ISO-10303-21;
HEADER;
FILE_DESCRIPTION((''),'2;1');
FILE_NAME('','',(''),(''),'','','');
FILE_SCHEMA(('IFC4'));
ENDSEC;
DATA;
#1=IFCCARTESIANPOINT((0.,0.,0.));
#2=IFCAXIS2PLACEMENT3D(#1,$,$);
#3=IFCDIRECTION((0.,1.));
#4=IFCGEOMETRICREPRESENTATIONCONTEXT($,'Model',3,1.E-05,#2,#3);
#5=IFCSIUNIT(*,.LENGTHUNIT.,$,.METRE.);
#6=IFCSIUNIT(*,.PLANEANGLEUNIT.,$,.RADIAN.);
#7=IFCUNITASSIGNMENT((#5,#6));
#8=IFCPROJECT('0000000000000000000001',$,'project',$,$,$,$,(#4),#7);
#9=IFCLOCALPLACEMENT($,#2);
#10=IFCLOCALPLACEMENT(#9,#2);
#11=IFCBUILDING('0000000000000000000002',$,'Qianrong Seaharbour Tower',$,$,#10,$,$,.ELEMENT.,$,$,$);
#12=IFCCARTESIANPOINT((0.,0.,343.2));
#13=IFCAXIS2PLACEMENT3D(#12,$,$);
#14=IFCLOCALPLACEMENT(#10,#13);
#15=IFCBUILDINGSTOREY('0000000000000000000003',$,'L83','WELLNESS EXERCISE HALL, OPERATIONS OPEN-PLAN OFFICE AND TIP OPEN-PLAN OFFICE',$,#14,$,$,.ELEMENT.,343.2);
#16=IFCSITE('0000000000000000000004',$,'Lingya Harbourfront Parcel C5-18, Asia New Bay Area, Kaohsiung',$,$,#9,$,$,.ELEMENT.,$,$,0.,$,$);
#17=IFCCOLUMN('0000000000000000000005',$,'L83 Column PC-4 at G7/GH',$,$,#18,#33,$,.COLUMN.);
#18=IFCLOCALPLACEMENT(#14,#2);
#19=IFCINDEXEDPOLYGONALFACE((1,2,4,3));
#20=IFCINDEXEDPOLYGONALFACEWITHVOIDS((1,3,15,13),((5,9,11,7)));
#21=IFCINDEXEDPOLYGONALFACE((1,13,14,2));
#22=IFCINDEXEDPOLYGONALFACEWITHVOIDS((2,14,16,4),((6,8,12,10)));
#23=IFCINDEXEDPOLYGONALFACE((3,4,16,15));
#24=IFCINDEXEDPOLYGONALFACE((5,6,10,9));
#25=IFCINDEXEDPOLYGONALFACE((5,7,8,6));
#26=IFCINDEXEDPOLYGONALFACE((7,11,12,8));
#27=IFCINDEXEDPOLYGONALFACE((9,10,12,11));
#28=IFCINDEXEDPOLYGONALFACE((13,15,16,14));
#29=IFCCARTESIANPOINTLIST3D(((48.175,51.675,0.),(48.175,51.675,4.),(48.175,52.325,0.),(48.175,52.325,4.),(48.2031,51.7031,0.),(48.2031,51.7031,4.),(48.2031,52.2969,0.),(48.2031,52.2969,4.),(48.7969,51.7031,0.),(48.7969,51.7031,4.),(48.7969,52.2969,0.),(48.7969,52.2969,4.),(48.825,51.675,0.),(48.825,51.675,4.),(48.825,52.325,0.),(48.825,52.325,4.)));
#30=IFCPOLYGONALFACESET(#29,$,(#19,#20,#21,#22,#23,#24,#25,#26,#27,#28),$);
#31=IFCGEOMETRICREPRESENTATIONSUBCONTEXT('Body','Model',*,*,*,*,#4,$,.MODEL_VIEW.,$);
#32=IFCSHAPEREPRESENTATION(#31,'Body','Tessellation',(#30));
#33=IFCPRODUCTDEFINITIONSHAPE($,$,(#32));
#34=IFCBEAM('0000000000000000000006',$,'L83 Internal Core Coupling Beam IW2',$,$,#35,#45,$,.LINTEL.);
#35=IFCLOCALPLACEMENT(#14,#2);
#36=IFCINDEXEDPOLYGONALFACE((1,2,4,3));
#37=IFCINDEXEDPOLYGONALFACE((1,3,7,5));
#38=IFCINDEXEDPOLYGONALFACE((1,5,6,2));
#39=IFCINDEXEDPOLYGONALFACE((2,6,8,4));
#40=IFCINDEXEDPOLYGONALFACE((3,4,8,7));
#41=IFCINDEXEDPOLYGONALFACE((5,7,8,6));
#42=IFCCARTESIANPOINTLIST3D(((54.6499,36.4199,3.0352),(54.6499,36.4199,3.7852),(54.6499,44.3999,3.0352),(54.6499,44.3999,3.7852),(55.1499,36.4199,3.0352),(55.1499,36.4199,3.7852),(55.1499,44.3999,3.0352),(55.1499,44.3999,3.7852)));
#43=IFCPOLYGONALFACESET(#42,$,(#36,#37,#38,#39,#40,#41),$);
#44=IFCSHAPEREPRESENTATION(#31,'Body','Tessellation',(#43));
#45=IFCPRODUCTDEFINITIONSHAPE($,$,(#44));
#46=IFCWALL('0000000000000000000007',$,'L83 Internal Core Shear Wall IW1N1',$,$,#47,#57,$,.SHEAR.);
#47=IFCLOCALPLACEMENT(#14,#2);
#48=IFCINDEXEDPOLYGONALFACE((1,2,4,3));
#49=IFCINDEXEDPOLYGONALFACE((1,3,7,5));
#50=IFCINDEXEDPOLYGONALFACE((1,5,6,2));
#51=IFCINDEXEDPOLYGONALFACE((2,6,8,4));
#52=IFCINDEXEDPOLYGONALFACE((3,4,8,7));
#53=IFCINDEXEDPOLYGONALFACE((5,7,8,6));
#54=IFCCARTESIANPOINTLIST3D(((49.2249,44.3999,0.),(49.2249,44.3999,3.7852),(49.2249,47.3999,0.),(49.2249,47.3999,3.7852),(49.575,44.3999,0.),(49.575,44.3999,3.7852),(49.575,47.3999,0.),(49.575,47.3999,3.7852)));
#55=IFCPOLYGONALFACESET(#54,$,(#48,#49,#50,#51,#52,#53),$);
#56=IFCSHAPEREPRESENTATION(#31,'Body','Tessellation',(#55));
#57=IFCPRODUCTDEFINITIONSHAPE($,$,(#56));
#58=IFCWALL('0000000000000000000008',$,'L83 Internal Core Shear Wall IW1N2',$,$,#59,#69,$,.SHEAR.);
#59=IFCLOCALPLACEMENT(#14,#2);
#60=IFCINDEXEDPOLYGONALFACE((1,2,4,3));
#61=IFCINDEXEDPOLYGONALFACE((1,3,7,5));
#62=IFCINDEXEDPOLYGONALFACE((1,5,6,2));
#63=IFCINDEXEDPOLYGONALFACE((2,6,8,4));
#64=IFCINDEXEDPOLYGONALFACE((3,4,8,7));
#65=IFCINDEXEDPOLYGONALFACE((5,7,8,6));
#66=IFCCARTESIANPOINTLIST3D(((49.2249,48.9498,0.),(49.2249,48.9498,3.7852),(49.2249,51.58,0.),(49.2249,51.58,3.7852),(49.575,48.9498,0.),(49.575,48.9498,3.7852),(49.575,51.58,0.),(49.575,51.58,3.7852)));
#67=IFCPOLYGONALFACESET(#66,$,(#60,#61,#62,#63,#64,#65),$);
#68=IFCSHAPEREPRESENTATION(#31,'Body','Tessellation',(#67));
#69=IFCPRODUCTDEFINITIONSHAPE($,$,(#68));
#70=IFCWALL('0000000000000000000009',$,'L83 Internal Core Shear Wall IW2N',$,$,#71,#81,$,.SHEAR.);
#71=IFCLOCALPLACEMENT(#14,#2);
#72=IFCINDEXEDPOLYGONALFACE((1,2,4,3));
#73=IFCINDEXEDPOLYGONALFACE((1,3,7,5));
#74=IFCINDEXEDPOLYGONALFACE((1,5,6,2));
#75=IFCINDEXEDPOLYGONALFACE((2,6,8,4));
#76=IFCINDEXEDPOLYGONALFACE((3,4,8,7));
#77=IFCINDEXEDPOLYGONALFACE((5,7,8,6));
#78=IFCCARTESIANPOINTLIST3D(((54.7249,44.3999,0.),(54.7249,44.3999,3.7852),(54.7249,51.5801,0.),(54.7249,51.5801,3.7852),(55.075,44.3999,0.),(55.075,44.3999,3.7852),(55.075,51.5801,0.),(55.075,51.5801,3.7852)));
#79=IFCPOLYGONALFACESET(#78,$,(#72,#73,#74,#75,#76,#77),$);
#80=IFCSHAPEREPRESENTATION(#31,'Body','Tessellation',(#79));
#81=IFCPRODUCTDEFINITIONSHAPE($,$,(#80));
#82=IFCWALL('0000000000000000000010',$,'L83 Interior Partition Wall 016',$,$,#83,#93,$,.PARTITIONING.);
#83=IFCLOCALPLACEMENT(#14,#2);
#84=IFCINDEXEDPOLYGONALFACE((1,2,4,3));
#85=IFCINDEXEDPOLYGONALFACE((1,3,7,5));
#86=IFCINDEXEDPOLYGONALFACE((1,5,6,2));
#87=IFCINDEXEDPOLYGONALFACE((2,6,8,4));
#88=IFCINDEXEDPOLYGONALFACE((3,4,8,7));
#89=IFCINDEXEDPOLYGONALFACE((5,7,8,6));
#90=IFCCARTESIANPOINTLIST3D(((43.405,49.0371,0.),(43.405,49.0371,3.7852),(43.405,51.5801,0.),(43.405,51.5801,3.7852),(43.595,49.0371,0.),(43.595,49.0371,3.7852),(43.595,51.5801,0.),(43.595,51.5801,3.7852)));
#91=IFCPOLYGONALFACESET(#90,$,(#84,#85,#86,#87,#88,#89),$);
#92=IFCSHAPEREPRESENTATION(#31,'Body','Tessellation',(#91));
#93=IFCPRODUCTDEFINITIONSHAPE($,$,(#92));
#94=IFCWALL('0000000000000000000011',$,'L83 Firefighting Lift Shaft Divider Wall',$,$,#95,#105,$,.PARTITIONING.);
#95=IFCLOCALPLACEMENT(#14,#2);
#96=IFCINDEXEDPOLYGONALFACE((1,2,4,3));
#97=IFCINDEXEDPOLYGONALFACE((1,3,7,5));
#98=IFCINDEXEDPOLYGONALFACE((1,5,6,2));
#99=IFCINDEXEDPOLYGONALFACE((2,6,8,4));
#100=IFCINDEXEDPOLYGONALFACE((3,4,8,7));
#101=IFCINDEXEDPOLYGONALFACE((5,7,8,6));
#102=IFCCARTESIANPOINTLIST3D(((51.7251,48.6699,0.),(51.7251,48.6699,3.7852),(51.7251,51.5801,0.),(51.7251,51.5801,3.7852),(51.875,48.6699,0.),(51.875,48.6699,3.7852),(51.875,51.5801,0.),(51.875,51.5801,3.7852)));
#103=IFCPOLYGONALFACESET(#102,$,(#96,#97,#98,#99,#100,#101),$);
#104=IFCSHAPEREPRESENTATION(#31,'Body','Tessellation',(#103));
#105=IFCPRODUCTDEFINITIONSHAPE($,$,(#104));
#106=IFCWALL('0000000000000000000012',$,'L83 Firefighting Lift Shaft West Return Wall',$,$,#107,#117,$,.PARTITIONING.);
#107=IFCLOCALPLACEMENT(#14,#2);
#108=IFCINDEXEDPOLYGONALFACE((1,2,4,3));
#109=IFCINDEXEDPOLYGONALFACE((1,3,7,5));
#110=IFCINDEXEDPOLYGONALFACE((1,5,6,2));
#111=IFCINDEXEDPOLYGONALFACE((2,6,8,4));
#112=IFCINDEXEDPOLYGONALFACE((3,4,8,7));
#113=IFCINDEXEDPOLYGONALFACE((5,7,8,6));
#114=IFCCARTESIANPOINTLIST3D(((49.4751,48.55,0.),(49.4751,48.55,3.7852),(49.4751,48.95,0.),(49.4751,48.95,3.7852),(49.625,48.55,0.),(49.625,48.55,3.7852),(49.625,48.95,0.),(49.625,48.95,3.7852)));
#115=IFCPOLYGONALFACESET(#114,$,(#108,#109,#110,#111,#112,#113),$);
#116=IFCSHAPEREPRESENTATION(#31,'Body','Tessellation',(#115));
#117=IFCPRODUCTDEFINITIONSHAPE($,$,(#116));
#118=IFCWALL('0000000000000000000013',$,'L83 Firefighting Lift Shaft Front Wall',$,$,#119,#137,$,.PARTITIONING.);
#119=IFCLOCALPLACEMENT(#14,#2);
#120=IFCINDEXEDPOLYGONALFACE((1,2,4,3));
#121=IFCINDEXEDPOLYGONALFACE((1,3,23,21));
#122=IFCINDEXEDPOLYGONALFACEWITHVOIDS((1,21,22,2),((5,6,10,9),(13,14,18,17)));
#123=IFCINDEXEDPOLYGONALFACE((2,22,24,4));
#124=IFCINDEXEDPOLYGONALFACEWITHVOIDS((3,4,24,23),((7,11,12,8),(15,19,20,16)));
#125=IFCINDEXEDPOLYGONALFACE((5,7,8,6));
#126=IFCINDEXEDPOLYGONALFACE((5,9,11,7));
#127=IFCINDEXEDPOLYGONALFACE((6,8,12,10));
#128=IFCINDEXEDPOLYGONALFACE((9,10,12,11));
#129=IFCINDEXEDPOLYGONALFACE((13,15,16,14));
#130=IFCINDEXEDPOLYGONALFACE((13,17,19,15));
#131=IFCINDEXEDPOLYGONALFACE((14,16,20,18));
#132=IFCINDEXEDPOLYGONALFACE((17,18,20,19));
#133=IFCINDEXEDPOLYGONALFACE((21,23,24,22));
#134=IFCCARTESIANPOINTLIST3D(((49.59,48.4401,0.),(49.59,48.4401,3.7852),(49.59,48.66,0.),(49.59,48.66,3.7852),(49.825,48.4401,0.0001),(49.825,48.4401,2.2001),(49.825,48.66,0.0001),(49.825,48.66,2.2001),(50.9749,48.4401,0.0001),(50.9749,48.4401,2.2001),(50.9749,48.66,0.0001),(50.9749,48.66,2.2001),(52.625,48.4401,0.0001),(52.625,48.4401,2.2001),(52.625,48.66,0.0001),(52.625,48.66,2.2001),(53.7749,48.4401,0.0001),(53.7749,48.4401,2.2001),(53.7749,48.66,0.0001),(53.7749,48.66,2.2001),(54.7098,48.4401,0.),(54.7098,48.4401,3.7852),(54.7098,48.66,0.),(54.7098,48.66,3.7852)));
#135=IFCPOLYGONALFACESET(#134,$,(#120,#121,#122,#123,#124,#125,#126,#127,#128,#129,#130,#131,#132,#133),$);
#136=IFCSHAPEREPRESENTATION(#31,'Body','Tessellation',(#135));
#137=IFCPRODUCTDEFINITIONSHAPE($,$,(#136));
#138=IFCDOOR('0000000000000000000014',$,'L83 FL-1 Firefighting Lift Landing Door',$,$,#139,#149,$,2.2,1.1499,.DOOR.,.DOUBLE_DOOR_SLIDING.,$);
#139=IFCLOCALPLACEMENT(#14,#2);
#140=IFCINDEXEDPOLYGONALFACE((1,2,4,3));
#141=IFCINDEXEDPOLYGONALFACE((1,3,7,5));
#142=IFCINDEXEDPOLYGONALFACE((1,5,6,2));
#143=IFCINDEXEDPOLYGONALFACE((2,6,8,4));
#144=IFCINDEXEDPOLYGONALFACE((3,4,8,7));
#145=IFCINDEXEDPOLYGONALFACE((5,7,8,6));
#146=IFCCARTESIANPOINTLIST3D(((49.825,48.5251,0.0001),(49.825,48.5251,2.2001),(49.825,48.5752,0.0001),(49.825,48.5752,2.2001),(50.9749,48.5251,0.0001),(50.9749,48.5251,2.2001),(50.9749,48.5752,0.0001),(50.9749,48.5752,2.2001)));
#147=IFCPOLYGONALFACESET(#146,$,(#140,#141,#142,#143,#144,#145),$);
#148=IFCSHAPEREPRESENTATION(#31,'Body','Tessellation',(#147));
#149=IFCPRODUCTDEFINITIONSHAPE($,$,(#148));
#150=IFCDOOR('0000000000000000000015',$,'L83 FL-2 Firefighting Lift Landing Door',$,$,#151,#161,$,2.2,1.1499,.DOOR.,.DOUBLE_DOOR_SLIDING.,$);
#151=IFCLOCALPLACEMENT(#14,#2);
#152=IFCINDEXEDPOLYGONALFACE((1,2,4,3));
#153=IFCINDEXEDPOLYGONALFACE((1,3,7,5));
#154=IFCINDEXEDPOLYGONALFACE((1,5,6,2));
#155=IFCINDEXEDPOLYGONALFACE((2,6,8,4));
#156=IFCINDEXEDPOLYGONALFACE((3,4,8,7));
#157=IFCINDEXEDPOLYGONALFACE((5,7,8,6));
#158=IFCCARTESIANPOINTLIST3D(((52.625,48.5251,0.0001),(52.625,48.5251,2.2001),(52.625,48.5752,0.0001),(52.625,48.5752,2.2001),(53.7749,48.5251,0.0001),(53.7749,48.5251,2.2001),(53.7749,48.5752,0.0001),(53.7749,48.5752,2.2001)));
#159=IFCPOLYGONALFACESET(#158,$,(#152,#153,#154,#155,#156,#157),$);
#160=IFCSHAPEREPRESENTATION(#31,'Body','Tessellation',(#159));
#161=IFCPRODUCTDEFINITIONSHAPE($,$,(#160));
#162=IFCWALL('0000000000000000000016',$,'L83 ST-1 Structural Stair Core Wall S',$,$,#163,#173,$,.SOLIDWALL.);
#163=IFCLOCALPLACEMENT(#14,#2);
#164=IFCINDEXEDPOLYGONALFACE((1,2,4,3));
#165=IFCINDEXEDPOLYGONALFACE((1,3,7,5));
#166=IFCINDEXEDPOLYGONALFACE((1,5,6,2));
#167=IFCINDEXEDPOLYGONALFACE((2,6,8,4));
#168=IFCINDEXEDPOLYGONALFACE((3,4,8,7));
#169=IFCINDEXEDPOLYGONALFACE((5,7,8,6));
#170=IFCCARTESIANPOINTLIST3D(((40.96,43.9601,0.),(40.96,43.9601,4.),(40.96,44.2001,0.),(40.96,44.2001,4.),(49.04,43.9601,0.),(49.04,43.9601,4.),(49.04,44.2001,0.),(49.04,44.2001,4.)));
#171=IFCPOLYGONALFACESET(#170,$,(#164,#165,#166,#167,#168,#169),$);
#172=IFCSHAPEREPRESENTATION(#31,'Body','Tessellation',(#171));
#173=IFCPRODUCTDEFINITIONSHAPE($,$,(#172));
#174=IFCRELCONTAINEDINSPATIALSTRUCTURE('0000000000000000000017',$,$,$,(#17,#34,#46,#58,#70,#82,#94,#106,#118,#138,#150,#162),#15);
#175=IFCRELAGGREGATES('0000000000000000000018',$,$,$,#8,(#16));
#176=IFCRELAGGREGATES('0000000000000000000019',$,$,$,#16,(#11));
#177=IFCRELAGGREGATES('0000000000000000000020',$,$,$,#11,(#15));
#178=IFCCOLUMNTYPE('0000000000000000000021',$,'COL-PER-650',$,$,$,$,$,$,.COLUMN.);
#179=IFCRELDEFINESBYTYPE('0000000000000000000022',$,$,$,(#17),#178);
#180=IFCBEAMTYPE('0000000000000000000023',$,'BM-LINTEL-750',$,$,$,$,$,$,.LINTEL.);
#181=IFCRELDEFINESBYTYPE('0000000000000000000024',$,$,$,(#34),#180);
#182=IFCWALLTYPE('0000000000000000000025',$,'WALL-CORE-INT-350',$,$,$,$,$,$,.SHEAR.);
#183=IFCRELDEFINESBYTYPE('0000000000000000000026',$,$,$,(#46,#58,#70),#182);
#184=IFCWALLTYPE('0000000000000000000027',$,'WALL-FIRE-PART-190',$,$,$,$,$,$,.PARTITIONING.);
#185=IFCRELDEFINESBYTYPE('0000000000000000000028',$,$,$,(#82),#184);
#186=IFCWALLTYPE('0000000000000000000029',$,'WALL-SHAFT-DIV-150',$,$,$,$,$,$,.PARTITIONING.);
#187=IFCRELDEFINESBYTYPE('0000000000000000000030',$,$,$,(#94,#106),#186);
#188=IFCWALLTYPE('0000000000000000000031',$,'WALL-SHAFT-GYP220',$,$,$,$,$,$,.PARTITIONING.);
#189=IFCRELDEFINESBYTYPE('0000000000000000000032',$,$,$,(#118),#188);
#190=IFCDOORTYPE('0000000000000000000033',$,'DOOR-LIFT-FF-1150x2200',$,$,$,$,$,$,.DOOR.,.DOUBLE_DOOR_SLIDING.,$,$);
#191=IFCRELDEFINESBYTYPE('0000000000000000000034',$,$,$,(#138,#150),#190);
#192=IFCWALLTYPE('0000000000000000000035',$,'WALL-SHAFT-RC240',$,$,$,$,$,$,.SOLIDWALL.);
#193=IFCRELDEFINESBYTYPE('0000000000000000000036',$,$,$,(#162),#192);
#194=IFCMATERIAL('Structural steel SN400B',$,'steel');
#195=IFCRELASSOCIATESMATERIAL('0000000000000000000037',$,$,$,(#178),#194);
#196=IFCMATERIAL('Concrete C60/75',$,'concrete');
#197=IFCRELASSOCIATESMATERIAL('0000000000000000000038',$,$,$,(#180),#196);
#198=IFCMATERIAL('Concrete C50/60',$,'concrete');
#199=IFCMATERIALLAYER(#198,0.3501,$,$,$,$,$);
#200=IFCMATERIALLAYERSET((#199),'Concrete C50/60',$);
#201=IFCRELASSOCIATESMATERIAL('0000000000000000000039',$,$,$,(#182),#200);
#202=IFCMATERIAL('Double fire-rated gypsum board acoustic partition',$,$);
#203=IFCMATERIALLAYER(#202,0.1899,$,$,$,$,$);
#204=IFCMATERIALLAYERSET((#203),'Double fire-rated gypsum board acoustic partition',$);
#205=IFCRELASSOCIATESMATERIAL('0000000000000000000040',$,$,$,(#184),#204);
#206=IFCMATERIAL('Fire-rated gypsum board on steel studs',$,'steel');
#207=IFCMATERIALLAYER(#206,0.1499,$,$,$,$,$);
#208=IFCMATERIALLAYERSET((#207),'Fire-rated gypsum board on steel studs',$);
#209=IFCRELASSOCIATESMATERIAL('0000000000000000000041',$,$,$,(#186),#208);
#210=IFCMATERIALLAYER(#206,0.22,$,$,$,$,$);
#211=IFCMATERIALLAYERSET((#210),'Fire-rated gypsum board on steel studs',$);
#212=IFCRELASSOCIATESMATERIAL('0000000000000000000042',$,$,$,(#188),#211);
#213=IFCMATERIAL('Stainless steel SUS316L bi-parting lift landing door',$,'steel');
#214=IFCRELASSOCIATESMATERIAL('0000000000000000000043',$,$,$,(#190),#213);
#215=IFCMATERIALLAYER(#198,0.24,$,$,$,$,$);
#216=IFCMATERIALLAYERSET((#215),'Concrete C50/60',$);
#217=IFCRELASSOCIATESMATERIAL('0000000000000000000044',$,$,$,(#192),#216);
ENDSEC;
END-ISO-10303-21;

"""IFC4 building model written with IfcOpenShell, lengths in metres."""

from ifc_helpers import new_model, si_unit, direction, frame, frame_2d, origin, origin_2d, place, context, subcontext, project, spatial, rectangle, hollow_rectangle, extrude, material, layer, layer_set, material_profile, profile_set, type_object, element, fill, save


model = new_model("IFC4")

# Units and contexts
model_context = context("Model", 3, precision=1e-05, world=origin(), true_north=direction((0.0, 1.0)))
body_context = subcontext(model_context, "Body", "Model", "MODEL_VIEW")
ifc_project = project(units=[si_unit("LENGTHUNIT", "METRE"), si_unit("PLANEANGLEUNIT", "RADIAN")], contexts=[model_context])

# Site, building, storey
site_placement = place(None, origin())
site = spatial("IfcSite", under=ifc_project, at=site_placement, Name="Lingya Harbourfront Parcel C5-18, Asia New Bay Area, Kaohsiung", CompositionType="ELEMENT", RefElevation=0.0)
building_placement = place(site_placement, origin())
building = spatial("IfcBuilding", under=site, at=building_placement, Name="Qianrong Seaharbour Tower", CompositionType="ELEMENT")
storey_placement = place(building_placement, frame((0.0, 0.0, 343.2)))
storey = spatial("IfcBuildingStorey", under=building, at=storey_placement, Name="L83", Description="WELLNESS EXERCISE HALL, OPERATIONS OPEN-PLAN OFFICE AND TIP OPEN-PLAN OFFICE", CompositionType="ELEMENT", Elevation=343.2)

# Column
ifc_material_1 = material(Name="Structural steel SN400B", Category="steel")
ifc_material_profile_1 = material_profile(ifc_material_1, hollow_rectangle(XDim=0.6499, YDim=0.6499, WallThickness=0.0281, at=origin_2d()), Name="BOX650x650x28")
ifc_profile_set_1 = profile_set([ifc_material_profile_1], Name="Structural steel SN400B")
column_type = type_object("IfcColumnType", Name="COL-PER-650", PredefinedType="COLUMN", material=ifc_profile_set_1)
column_placement = place(storey_placement, frame((48.5, 52.0, 0.0), z_axis=(0.0, 0.0, 1.0), x_axis=(1.0, 0.0, 0.0)))
element("IfcColumn", 1, at=column_placement, inside=storey, type_object=column_type, Name="L83 Column PC-4 at G7/GH", PredefinedType="COLUMN", context=body_context, shape_type="SweptSolid", body=[
    extrude(hollow_rectangle(XDim=0.6499, YDim=0.6499, WallThickness=0.0281, at=origin_2d()), origin(), (0.0, 0.0, 1.0), 4.0),
])

# Beam
ifc_material_2 = material(Name="Concrete C60/75", Category="concrete")
ifc_material_profile_2 = material_profile(ifc_material_2, rectangle(XDim=0.5, YDim=0.75, at=origin_2d()), Name="RC500x750")
ifc_profile_set_2 = profile_set([ifc_material_profile_2], Name="Concrete C60/75")
beam_type = type_object("IfcBeamType", Name="BM-LINTEL-750", PredefinedType="LINTEL", material=ifc_profile_set_2)
beam_placement = place(storey_placement, frame((54.8999, 36.4199, 3.4102), z_axis=(0.0, 1.0, 0.0), x_axis=(-1.0, 0.0, 0.0)))
element("IfcBeam", 2, at=beam_placement, inside=storey, type_object=beam_type, Name="L83 Internal Core Coupling Beam IW2", PredefinedType="LINTEL", context=body_context, shape_type="SweptSolid", body=[
    extrude(rectangle(XDim=0.5, YDim=0.75, at=origin_2d()), origin(), (0.0, 0.0, 1.0), 7.98),
])

# Walls
ifc_material_3 = material(Name="Concrete C50/60", Category="concrete")
ifc_layer_1 = layer(ifc_material_3, 0.3501)
ifc_layer_set_1 = layer_set([ifc_layer_1], Name="Concrete C50/60")
wall_type_1 = type_object("IfcWallType", Name="WALL-CORE-INT-350", PredefinedType="SHEAR", material=ifc_layer_set_1)
wall_1_placement = place(storey_placement, frame((49.3999, 44.3999, 0.0), z_axis=(0.0, 0.0, 1.0), x_axis=(0.0, 1.0, 0.0)))
element("IfcWall", 3, at=wall_1_placement, inside=storey, type_object=wall_type_1, Name="L83 Internal Core Shear Wall IW1N1", PredefinedType="SHEAR", context=body_context, shape_type="SweptSolid", body=[
    extrude(rectangle(XDim=3.0, YDim=0.3501, at=frame_2d((1.5, 0.0))), origin(), (0.0, 0.0, 1.0), 3.7852),
])
wall_2_placement = place(storey_placement, frame((49.3999, 48.95, 0.0), z_axis=(0.0, 0.0, 1.0), x_axis=(0.0, 1.0, 0.0)))
element("IfcWall", 4, at=wall_2_placement, inside=storey, type_object=wall_type_1, Name="L83 Internal Core Shear Wall IW1N2", PredefinedType="SHEAR", context=body_context, shape_type="SweptSolid", body=[
    extrude(rectangle(XDim=2.6301, YDim=0.3501, at=frame_2d((1.3149, 0.0))), origin(), (0.0, 0.0, 1.0), 3.7852),
])
wall_3_placement = place(storey_placement, frame((54.8999, 44.3999, 0.0), z_axis=(0.0, 0.0, 1.0), x_axis=(0.0, 1.0, 0.0)))
element("IfcWall", 5, at=wall_3_placement, inside=storey, type_object=wall_type_1, Name="L83 Internal Core Shear Wall IW2N", PredefinedType="SHEAR", context=body_context, shape_type="SweptSolid", body=[
    extrude(rectangle(XDim=7.1802, YDim=0.3501, at=frame_2d((3.5901, 0.0))), origin(), (0.0, 0.0, 1.0), 3.7852),
])

# Shared definitions
ifc_material_4 = material(Name="Double fire-rated gypsum board acoustic partition")
ifc_layer_2 = layer(ifc_material_4, 0.1899)
ifc_layer_set_2 = layer_set([ifc_layer_2], Name="Double fire-rated gypsum board acoustic partition")
wall_type_2 = type_object("IfcWallType", Name="WALL-FIRE-PART-190", PredefinedType="PARTITIONING", material=ifc_layer_set_2)

# Walls
wall_4_placement = place(storey_placement, frame((43.5, 51.5801, 0.0), z_axis=(0.0, 0.0, 1.0), x_axis=(0.0, -1.0, 0.0)))
element("IfcWall", 6, at=wall_4_placement, inside=storey, type_object=wall_type_2, Name="L83 Interior Partition Wall 016", PredefinedType="PARTITIONING", context=body_context, shape_type="SweptSolid", body=[
    extrude(rectangle(XDim=2.543, YDim=0.1899, at=frame_2d((1.2715, 0.0))), origin(), (0.0, 0.0, 1.0), 3.7852),
])
ifc_material_5 = material(Name="Fire-rated gypsum board on steel studs", Category="steel")
ifc_layer_3 = layer(ifc_material_5, 0.1499)
ifc_layer_set_3 = layer_set([ifc_layer_3], Name="Fire-rated gypsum board on steel studs")
wall_type_3 = type_object("IfcWallType", Name="WALL-SHAFT-DIV-150", PredefinedType="PARTITIONING", material=ifc_layer_set_3)
wall_5_placement = place(storey_placement, frame((51.8, 48.6699, 0.0), z_axis=(0.0, 0.0, 1.0), x_axis=(0.0, 1.0, 0.0)))
element("IfcWall", 7, at=wall_5_placement, inside=storey, type_object=wall_type_3, Name="L83 Firefighting Lift Shaft Divider Wall", PredefinedType="PARTITIONING", context=body_context, shape_type="SweptSolid", body=[
    extrude(rectangle(XDim=2.9102, YDim=0.1499, at=frame_2d((1.4551, 0.0))), origin(), (0.0, 0.0, 1.0), 3.7852),
])
wall_6_placement = place(storey_placement, frame((49.55, 48.55, 0.0), z_axis=(0.0, 0.0, 1.0), x_axis=(0.0, 1.0, 0.0)))
element("IfcWall", 8, at=wall_6_placement, inside=storey, type_object=wall_type_3, Name="L83 Firefighting Lift Shaft West Return Wall", PredefinedType="PARTITIONING", context=body_context, shape_type="SweptSolid", body=[
    extrude(rectangle(XDim=0.3999, YDim=0.1499, at=frame_2d((0.2, 0.0))), origin(), (0.0, 0.0, 1.0), 3.7852),
])

# Wall, openings, doors
ifc_layer_4 = layer(ifc_material_5, 0.22)
ifc_layer_set_4 = layer_set([ifc_layer_4], Name="Fire-rated gypsum board on steel studs")
wall_type_4 = type_object("IfcWallType", Name="WALL-SHAFT-GYP220", PredefinedType="PARTITIONING", material=ifc_layer_set_4)
wall_7_placement = place(storey_placement, frame((54.71, 48.55, 0.0), z_axis=(0.0, 0.0, 1.0), x_axis=(-1.0, 0.0, 0.0)))
wall_7 = element("IfcWall", 9, at=wall_7_placement, inside=storey, type_object=wall_type_4, Name="L83 Firefighting Lift Shaft Front Wall", PredefinedType="PARTITIONING", context=body_context, shape_type="SweptSolid", body=[
    extrude(rectangle(XDim=5.1199, YDim=0.22, at=frame_2d((2.5601, 0.0))), origin(), (0.0, 0.0, 1.0), 3.7852),
])
opening_1_placement = place(wall_7_placement, frame((3.7351, 0.0, 0.0)))
opening_1 = element("IfcOpeningElement", 10, at=opening_1_placement, cuts=wall_7, PredefinedType="OPENING", context=body_context, shape_type="SweptSolid", body=[
    extrude(rectangle(XDim=1.1499, YDim=2.2, at=frame_2d((0.575, 1.1001))), frame((0.0, 0.1201, 0.0), z_axis=(0.0, -1.0, 0.0), x_axis=(1.0, 0.0, 0.0)), (0.0, 0.0, 1.0), 0.24),
])
opening_2_placement = place(wall_7_placement, frame((0.9351, 0.0, 0.0)))
opening_2 = element("IfcOpeningElement", 11, at=opening_2_placement, cuts=wall_7, PredefinedType="OPENING", context=body_context, shape_type="SweptSolid", body=[
    extrude(rectangle(XDim=1.1499, YDim=2.2, at=frame_2d((0.575, 1.1001))), frame((0.0, 0.1201, 0.0), z_axis=(0.0, -1.0, 0.0), x_axis=(1.0, 0.0, 0.0)), (0.0, 0.0, 1.0), 0.24),
])
ifc_material_6 = material(Name="Stainless steel SUS316L bi-parting lift landing door", Category="steel")
door_type_1 = type_object("IfcDoorType", Name="DOOR-LIFT-FF-1150x2200", OperationType="DOUBLE_DOOR_SLIDING", PredefinedType="DOOR", material=ifc_material_6)
door_1_placement = place(opening_1_placement, origin())
door_1 = element("IfcDoor", 12, at=door_1_placement, inside=storey, type_object=door_type_1, Name="L83 FL-1 Firefighting Lift Landing Door", OperationType="DOUBLE_DOOR_SLIDING", OverallHeight=2.2, OverallWidth=1.1499, PredefinedType="DOOR", context=body_context, shape_type="SweptSolid", body=[
    extrude(rectangle(XDim=1.1499, YDim=2.2, at=frame_2d((0.575, 1.1001))), frame((0.0, 0.0249, 0.0), z_axis=(0.0, -1.0, 0.0), x_axis=(1.0, 0.0, 0.0)), (0.0, 0.0, 1.0), 0.05),
])
fill(opening_1, door_1)
door_2_placement = place(opening_2_placement, origin())
door_2 = element("IfcDoor", 13, at=door_2_placement, inside=storey, type_object=door_type_1, Name="L83 FL-2 Firefighting Lift Landing Door", OperationType="DOUBLE_DOOR_SLIDING", OverallHeight=2.2, OverallWidth=1.1499, PredefinedType="DOOR", context=body_context, shape_type="SweptSolid", body=[
    extrude(rectangle(XDim=1.1499, YDim=2.2, at=frame_2d((0.575, 1.1001))), frame((0.0, 0.0249, 0.0), z_axis=(0.0, -1.0, 0.0), x_axis=(1.0, 0.0, 0.0)), (0.0, 0.0, 1.0), 0.05),
])
fill(opening_2, door_2)

# Wall
ifc_layer_5 = layer(ifc_material_3, 0.24)
ifc_layer_set_5 = layer_set([ifc_layer_5], Name="Concrete C50/60")
wall_type_5 = type_object("IfcWallType", Name="WALL-SHAFT-RC240", PredefinedType="SOLIDWALL", material=ifc_layer_set_5)
wall_8_placement = place(storey_placement, frame((49.04, 44.0801, 0.0), z_axis=(0.0, 0.0, 1.0), x_axis=(-1.0, 0.0, 0.0)))
element("IfcWall", 14, at=wall_8_placement, inside=storey, type_object=wall_type_5, Name="L83 ST-1 Structural Stair Core Wall S", PredefinedType="SOLIDWALL", context=body_context, shape_type="SweptSolid", body=[
    extrude(rectangle(XDim=8.0801, YDim=0.24, at=frame_2d((4.04, 0.0))), origin(), (0.0, 0.0, 1.0), 4.0),
])

save(model, "model.ifc")
